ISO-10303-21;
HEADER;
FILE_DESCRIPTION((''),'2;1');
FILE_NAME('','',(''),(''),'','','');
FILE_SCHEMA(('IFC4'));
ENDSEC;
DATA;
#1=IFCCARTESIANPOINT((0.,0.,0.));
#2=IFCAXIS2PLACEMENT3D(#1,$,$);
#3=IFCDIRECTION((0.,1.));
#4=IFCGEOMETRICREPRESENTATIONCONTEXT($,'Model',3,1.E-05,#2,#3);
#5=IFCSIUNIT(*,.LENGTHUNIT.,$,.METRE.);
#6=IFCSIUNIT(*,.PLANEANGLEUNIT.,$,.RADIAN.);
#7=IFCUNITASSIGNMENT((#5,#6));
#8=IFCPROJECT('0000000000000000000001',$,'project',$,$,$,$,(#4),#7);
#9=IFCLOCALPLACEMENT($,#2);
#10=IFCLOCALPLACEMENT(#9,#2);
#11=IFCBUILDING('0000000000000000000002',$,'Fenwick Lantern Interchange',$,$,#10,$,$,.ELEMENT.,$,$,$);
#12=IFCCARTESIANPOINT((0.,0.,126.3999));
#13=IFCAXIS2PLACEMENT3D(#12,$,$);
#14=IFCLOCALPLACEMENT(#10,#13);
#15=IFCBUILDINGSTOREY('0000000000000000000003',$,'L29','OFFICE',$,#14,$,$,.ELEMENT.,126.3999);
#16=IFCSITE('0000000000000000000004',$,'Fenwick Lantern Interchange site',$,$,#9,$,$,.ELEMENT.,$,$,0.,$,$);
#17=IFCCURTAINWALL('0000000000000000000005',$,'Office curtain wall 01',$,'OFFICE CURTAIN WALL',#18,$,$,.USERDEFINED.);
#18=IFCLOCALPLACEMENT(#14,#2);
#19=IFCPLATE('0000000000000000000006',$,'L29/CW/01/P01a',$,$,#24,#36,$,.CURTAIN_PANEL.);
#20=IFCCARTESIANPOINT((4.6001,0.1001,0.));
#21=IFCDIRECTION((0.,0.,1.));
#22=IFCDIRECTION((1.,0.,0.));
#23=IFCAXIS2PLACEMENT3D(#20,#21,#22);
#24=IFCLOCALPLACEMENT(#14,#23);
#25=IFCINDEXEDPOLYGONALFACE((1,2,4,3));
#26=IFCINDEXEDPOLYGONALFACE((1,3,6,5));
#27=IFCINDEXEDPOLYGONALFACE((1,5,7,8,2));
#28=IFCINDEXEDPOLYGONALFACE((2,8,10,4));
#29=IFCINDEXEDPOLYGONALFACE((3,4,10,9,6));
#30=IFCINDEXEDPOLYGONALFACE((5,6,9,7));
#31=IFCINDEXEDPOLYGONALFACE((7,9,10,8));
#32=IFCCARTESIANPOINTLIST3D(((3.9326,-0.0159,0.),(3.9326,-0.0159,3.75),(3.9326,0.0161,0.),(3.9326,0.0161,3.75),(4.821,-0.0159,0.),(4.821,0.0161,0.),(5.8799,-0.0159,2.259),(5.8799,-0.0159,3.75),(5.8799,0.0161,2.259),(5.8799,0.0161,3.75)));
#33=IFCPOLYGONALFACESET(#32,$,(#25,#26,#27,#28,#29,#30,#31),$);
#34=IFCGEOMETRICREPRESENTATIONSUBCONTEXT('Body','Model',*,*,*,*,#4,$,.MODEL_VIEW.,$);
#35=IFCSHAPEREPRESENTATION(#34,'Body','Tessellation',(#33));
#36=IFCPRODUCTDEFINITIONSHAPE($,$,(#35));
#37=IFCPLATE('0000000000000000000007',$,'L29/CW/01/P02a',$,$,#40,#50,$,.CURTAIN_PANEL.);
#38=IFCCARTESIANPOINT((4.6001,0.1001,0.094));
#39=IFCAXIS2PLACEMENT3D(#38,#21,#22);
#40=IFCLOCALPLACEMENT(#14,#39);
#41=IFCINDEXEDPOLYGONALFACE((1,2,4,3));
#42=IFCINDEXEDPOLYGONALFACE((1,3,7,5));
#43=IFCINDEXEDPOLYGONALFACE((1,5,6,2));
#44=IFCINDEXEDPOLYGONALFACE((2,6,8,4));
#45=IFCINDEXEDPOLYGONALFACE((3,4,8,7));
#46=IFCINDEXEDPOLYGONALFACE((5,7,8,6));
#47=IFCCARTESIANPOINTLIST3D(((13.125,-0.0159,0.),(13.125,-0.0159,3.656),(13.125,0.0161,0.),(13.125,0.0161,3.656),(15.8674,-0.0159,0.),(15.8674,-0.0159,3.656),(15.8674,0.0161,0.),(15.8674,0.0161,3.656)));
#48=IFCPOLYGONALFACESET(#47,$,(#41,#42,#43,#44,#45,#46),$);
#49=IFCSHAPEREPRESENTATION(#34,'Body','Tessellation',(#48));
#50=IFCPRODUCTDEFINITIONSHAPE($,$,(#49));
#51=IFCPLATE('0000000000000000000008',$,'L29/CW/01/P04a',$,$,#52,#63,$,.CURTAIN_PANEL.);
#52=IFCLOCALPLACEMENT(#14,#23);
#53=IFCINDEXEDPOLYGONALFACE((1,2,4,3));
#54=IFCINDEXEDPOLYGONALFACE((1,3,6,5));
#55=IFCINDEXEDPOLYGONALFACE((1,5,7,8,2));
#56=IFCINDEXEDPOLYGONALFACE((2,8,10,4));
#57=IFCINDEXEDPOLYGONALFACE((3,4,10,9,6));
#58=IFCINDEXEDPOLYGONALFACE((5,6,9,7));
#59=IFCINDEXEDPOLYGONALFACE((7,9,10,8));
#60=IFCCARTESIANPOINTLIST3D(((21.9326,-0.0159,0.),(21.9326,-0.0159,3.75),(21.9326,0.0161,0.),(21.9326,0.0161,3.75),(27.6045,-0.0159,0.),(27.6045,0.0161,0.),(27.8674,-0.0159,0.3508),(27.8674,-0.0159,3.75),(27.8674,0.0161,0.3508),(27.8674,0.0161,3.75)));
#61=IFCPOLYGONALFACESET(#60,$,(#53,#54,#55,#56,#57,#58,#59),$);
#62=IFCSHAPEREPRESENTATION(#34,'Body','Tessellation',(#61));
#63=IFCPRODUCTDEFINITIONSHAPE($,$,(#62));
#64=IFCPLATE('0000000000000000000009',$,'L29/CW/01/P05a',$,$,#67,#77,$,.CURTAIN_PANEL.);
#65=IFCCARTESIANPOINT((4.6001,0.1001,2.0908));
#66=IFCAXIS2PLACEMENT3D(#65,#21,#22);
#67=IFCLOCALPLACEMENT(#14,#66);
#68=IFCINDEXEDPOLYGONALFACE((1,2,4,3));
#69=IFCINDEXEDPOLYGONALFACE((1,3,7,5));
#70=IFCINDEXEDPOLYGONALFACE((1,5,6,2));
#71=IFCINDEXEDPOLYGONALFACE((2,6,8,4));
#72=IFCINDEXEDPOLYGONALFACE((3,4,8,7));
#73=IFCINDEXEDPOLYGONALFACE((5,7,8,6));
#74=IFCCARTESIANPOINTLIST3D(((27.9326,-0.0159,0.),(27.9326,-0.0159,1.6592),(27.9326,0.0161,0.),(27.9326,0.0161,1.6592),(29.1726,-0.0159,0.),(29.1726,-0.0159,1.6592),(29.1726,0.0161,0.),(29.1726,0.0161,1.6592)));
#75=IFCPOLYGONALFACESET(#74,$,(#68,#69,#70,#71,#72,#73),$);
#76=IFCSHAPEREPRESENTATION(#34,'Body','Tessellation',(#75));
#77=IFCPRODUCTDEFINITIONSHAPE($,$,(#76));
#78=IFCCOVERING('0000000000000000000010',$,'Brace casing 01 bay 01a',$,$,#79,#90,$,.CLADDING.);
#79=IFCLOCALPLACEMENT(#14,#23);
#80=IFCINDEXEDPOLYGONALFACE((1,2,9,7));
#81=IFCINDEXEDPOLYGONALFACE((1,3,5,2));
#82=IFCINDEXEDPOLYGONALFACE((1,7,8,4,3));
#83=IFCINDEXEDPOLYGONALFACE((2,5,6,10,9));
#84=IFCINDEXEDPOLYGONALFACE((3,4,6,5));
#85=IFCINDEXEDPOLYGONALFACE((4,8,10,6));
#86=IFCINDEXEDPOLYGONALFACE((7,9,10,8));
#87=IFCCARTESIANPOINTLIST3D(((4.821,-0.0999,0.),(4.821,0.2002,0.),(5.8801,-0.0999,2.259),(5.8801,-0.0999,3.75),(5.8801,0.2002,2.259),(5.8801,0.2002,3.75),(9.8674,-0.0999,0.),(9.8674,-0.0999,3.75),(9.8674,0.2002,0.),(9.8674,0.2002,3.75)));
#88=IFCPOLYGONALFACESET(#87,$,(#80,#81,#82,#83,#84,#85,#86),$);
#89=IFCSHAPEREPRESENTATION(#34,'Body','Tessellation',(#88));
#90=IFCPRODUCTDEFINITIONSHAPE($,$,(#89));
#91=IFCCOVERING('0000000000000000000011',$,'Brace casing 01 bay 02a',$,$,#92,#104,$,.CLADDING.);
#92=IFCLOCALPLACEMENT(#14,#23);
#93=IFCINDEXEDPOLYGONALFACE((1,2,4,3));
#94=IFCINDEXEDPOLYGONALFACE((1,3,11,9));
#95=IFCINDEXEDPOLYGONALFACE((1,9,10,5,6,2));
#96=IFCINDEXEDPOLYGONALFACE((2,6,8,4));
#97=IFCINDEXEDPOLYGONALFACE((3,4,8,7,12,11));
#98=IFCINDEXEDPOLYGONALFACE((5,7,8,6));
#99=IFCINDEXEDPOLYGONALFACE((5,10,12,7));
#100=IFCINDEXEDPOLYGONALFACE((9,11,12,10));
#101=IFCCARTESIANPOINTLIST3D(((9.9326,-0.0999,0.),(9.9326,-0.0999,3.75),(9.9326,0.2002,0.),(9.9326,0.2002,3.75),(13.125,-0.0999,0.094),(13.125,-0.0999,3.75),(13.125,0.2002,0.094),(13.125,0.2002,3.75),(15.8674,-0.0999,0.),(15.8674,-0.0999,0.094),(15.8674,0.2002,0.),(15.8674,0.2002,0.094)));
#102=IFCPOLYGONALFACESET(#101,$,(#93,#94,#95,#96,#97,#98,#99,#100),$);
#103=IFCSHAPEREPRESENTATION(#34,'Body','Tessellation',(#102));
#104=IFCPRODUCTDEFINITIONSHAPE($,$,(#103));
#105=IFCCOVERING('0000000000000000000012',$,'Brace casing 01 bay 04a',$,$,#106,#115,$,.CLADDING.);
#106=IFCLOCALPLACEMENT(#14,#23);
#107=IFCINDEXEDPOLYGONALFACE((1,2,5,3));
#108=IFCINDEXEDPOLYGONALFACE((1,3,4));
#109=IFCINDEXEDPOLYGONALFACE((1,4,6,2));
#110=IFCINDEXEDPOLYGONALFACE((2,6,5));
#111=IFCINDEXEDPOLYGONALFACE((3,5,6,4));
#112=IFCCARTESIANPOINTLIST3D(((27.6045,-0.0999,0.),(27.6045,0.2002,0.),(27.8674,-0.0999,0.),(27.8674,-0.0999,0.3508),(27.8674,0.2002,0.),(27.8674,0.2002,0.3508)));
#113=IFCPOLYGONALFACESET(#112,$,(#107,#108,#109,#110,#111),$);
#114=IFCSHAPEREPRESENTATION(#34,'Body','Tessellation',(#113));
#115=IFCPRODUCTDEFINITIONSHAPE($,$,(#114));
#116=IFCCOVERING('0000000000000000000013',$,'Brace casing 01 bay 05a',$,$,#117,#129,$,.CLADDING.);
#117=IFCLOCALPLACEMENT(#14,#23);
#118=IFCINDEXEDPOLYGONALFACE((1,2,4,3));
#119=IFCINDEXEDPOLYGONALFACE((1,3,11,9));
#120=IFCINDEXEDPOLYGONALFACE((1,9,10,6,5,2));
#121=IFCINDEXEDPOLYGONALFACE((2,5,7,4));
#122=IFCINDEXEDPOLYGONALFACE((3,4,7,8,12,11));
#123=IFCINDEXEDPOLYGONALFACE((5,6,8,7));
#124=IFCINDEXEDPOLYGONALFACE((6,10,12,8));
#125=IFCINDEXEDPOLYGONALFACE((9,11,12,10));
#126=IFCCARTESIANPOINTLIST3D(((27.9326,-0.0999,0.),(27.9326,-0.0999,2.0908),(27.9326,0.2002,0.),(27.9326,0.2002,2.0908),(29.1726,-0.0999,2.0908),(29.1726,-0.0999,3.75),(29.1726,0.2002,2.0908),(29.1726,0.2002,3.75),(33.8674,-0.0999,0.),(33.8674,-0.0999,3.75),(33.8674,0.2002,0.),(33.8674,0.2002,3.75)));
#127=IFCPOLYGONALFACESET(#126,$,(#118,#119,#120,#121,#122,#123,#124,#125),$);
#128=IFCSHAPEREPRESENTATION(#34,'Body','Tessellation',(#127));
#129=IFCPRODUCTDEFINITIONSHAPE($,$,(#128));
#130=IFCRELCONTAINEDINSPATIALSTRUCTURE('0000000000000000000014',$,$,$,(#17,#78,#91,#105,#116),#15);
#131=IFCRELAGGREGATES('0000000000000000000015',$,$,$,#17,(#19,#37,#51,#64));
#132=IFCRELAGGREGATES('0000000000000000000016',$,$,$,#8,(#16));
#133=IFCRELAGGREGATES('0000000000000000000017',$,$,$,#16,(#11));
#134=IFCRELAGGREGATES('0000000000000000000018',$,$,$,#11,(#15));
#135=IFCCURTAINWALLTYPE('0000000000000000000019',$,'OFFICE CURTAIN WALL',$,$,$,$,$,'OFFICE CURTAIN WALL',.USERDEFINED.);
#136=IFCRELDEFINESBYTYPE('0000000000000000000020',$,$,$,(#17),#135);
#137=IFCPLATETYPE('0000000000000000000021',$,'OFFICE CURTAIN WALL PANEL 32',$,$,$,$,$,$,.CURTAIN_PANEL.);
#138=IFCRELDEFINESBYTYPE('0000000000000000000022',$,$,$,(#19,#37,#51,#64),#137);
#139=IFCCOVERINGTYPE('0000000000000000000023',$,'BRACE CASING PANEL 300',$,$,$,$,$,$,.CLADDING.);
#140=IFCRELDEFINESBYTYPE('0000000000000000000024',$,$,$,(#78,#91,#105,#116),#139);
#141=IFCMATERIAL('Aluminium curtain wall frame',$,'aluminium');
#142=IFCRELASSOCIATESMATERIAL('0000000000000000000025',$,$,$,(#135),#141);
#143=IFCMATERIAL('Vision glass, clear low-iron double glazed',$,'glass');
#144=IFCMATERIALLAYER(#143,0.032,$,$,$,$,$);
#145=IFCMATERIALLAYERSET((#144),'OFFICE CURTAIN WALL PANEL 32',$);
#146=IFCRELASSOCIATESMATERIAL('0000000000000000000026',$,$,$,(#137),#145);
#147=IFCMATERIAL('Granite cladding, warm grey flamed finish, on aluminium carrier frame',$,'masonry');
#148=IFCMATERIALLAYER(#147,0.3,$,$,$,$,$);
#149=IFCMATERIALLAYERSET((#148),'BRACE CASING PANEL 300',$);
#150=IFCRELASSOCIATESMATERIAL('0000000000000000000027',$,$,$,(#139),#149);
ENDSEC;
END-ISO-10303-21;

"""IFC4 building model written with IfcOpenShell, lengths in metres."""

from ifc_helpers import new_model, si_unit, direction, frame, origin, place, context, subcontext, project, spatial, polyline, outline, extrude, material, layer, layer_set, type_object, element, aggregate, save


model = new_model("IFC4")

# Units and contexts
model_context = context("Model", 3, precision=1e-05, world=origin(), true_north=direction((0.0, 1.0)))
body_context = subcontext(model_context, "Body", "Model", "MODEL_VIEW")
ifc_project = project(units=[si_unit("LENGTHUNIT", "METRE"), si_unit("PLANEANGLEUNIT", "RADIAN")], contexts=[model_context])

# Site, building, storey
site_placement = place(None, origin())
site = spatial("IfcSite", under=ifc_project, at=site_placement, Name="Fenwick Lantern Interchange site", CompositionType="ELEMENT", RefElevation=0.0)
building_placement = place(site_placement, origin())
building = spatial("IfcBuilding", under=site, at=building_placement, Name="Fenwick Lantern Interchange", CompositionType="ELEMENT")
storey_placement = place(building_placement, frame((0.0, 0.0, 126.3999)))
storey = spatial("IfcBuildingStorey", under=building, at=storey_placement, Name="L29", Description="OFFICE", CompositionType="ELEMENT", Elevation=126.3999)

# Shared definitions
ifc_material_1 = material(Name="Aluminium curtain wall frame", Category="aluminium")
curtain_wall_type = type_object("IfcCurtainWallType", Name="OFFICE CURTAIN WALL", ElementType="OFFICE CURTAIN WALL", PredefinedType="USERDEFINED", material=ifc_material_1)

# Curtain wall, plates
curtain_wall_1_placement = place(storey_placement, origin())
curtain_wall_1 = element("IfcCurtainWall", 1, at=curtain_wall_1_placement, inside=storey, type_object=curtain_wall_type, Name="Office curtain wall 01", ObjectType="OFFICE CURTAIN WALL", PredefinedType="USERDEFINED")
ifc_material_2 = material(Name="Vision glass, clear low-iron double glazed", Category="glass")
ifc_layer_1 = layer(ifc_material_2, 0.032)
ifc_layer_set_1 = layer_set([ifc_layer_1], Name="OFFICE CURTAIN WALL PANEL 32")
plate_type = type_object("IfcPlateType", Name="OFFICE CURTAIN WALL PANEL 32", PredefinedType="CURTAIN_PANEL", material=ifc_layer_set_1)
plate_1_placement = place(storey_placement, frame((4.6001, 0.1001, 0.0), z_axis=(0.0, 0.0, 1.0), x_axis=(1.0, 0.0, 0.0)))
plate_1 = element("IfcPlate", 2, at=plate_1_placement, type_object=plate_type, Name="L29/CW/01/P01a", PredefinedType="CURTAIN_PANEL", context=body_context, shape_type="SweptSolid", body=[
    extrude(outline(polyline([(3.9326, 0.0), (4.821, 0.0), (5.8799, 2.259), (5.8799, 3.75), (3.9326, 3.75), (3.9326, 0.0)])), frame((0.0, 0.0161, 0.0), z_axis=(0.0, -1.0, 0.0), x_axis=(1.0, 0.0, 0.0)), (0.0, 0.0, 1.0), 0.032),
])
plate_2_placement = place(storey_placement, frame((4.6001, 0.1001, 0.094), z_axis=(0.0, 0.0, 1.0), x_axis=(1.0, 0.0, 0.0)))
plate_2 = element("IfcPlate", 3, at=plate_2_placement, type_object=plate_type, Name="L29/CW/01/P02a", PredefinedType="CURTAIN_PANEL", context=body_context, shape_type="SweptSolid", body=[
    extrude(outline(polyline([(13.125, 0.0), (15.8674, 0.0), (15.8674, 3.656), (13.125, 3.656), (13.125, 0.0)])), frame((0.0, 0.0161, 0.0), z_axis=(0.0, -1.0, 0.0), x_axis=(1.0, 0.0, 0.0)), (0.0, 0.0, 1.0), 0.032),
])
plate_3_placement = place(storey_placement, frame((4.6001, 0.1001, 0.0), z_axis=(0.0, 0.0, 1.0), x_axis=(1.0, 0.0, 0.0)))
plate_3 = element("IfcPlate", 4, at=plate_3_placement, type_object=plate_type, Name="L29/CW/01/P04a", PredefinedType="CURTAIN_PANEL", context=body_context, shape_type="SweptSolid", body=[
    extrude(outline(polyline([(21.9326, 0.0), (27.6045, 0.0), (27.8674, 0.3508), (27.8674, 3.75), (21.9326, 3.75), (21.9326, 0.0)])), frame((0.0, 0.0161, 0.0), z_axis=(0.0, -1.0, 0.0), x_axis=(1.0, 0.0, 0.0)), (0.0, 0.0, 1.0), 0.032),
])
plate_4_placement = place(storey_placement, frame((4.6001, 0.1001, 2.0908), z_axis=(0.0, 0.0, 1.0), x_axis=(1.0, 0.0, 0.0)))
plate_4 = element("IfcPlate", 5, at=plate_4_placement, type_object=plate_type, Name="L29/CW/01/P05a", PredefinedType="CURTAIN_PANEL", context=body_context, shape_type="SweptSolid", body=[
    extrude(outline(polyline([(27.9326, 0.0), (29.1726, 0.0), (29.1726, 1.6592), (27.9326, 1.6592), (27.9326, 0.0)])), frame((0.0, 0.0161, 0.0), z_axis=(0.0, -1.0, 0.0), x_axis=(1.0, 0.0, 0.0)), (0.0, 0.0, 1.0), 0.032),
])
aggregate(curtain_wall_1, [plate_1, plate_2, plate_3, plate_4])

# Coverings
ifc_material_3 = material(Name="Granite cladding, warm grey flamed finish, on aluminium carrier frame", Category="masonry")
ifc_layer_2 = layer(ifc_material_3, 0.3)
ifc_layer_set_2 = layer_set([ifc_layer_2], Name="BRACE CASING PANEL 300")
covering_type_1 = type_object("IfcCoveringType", Name="BRACE CASING PANEL 300", PredefinedType="CLADDING", material=ifc_layer_set_2)
covering_1_placement = place(storey_placement, frame((4.6001, 0.1001, 0.0), z_axis=(0.0, 0.0, 1.0), x_axis=(1.0, 0.0, 0.0)))
element("IfcCovering", 6, at=covering_1_placement, inside=storey, type_object=covering_type_1, Name="Brace casing 01 bay 01a", PredefinedType="CLADDING", context=body_context, shape_type="SweptSolid", body=[
    extrude(outline(polyline([(4.821, 0.0), (9.8674, 0.0), (9.8674, 3.75), (5.8801, 3.75), (5.8801, 2.259), (4.821, 0.0)])), frame((0.0, 0.2002, 0.0), z_axis=(0.0, -1.0, 0.0), x_axis=(1.0, 0.0, 0.0)), (0.0, 0.0, 1.0), 0.3),
])
covering_2_placement = place(storey_placement, frame((4.6001, 0.1001, 0.0), z_axis=(0.0, 0.0, 1.0), x_axis=(1.0, 0.0, 0.0)))
element("IfcCovering", 7, at=covering_2_placement, inside=storey, type_object=covering_type_1, Name="Brace casing 01 bay 02a", PredefinedType="CLADDING", context=body_context, shape_type="SweptSolid", body=[
    extrude(outline(polyline([(9.9326, 0.0), (15.8674, 0.0), (15.8674, 0.094), (13.125, 0.094), (13.125, 3.75), (9.9326, 3.75), (9.9326, 0.0)])), frame((0.0, 0.2002, 0.0), z_axis=(0.0, -1.0, 0.0), x_axis=(1.0, 0.0, 0.0)), (0.0, 0.0, 1.0), 0.3),
])
covering_3_placement = place(storey_placement, frame((4.6001, 0.1001, 0.0), z_axis=(0.0, 0.0, 1.0), x_axis=(1.0, 0.0, 0.0)))
element("IfcCovering", 8, at=covering_3_placement, inside=storey, type_object=covering_type_1, Name="Brace casing 01 bay 04a", PredefinedType="CLADDING", context=body_context, shape_type="SweptSolid", body=[
    extrude(outline(polyline([(27.6045, 0.0), (27.8674, 0.0), (27.8674, 0.3508), (27.6045, 0.0)])), frame((0.0, 0.2002, 0.0), z_axis=(0.0, -1.0, 0.0), x_axis=(1.0, 0.0, 0.0)), (0.0, 0.0, 1.0), 0.3),
])
covering_4_placement = place(storey_placement, frame((4.6001, 0.1001, 0.0), z_axis=(0.0, 0.0, 1.0), x_axis=(1.0, 0.0, 0.0)))
element("IfcCovering", 9, at=covering_4_placement, inside=storey, type_object=covering_type_1, Name="Brace casing 01 bay 05a", PredefinedType="CLADDING", context=body_context, shape_type="SweptSolid", body=[
    extrude(outline(polyline([(27.9326, 0.0), (33.8674, 0.0), (33.8674, 3.75), (29.1726, 3.75), (29.1726, 2.0908), (27.9326, 2.0908), (27.9326, 0.0)])), frame((0.0, 0.2002, 0.0), z_axis=(0.0, -1.0, 0.0), x_axis=(1.0, 0.0, 0.0)), (0.0, 0.0, 1.0), 0.3),
])

save(model, "model.ifc")
